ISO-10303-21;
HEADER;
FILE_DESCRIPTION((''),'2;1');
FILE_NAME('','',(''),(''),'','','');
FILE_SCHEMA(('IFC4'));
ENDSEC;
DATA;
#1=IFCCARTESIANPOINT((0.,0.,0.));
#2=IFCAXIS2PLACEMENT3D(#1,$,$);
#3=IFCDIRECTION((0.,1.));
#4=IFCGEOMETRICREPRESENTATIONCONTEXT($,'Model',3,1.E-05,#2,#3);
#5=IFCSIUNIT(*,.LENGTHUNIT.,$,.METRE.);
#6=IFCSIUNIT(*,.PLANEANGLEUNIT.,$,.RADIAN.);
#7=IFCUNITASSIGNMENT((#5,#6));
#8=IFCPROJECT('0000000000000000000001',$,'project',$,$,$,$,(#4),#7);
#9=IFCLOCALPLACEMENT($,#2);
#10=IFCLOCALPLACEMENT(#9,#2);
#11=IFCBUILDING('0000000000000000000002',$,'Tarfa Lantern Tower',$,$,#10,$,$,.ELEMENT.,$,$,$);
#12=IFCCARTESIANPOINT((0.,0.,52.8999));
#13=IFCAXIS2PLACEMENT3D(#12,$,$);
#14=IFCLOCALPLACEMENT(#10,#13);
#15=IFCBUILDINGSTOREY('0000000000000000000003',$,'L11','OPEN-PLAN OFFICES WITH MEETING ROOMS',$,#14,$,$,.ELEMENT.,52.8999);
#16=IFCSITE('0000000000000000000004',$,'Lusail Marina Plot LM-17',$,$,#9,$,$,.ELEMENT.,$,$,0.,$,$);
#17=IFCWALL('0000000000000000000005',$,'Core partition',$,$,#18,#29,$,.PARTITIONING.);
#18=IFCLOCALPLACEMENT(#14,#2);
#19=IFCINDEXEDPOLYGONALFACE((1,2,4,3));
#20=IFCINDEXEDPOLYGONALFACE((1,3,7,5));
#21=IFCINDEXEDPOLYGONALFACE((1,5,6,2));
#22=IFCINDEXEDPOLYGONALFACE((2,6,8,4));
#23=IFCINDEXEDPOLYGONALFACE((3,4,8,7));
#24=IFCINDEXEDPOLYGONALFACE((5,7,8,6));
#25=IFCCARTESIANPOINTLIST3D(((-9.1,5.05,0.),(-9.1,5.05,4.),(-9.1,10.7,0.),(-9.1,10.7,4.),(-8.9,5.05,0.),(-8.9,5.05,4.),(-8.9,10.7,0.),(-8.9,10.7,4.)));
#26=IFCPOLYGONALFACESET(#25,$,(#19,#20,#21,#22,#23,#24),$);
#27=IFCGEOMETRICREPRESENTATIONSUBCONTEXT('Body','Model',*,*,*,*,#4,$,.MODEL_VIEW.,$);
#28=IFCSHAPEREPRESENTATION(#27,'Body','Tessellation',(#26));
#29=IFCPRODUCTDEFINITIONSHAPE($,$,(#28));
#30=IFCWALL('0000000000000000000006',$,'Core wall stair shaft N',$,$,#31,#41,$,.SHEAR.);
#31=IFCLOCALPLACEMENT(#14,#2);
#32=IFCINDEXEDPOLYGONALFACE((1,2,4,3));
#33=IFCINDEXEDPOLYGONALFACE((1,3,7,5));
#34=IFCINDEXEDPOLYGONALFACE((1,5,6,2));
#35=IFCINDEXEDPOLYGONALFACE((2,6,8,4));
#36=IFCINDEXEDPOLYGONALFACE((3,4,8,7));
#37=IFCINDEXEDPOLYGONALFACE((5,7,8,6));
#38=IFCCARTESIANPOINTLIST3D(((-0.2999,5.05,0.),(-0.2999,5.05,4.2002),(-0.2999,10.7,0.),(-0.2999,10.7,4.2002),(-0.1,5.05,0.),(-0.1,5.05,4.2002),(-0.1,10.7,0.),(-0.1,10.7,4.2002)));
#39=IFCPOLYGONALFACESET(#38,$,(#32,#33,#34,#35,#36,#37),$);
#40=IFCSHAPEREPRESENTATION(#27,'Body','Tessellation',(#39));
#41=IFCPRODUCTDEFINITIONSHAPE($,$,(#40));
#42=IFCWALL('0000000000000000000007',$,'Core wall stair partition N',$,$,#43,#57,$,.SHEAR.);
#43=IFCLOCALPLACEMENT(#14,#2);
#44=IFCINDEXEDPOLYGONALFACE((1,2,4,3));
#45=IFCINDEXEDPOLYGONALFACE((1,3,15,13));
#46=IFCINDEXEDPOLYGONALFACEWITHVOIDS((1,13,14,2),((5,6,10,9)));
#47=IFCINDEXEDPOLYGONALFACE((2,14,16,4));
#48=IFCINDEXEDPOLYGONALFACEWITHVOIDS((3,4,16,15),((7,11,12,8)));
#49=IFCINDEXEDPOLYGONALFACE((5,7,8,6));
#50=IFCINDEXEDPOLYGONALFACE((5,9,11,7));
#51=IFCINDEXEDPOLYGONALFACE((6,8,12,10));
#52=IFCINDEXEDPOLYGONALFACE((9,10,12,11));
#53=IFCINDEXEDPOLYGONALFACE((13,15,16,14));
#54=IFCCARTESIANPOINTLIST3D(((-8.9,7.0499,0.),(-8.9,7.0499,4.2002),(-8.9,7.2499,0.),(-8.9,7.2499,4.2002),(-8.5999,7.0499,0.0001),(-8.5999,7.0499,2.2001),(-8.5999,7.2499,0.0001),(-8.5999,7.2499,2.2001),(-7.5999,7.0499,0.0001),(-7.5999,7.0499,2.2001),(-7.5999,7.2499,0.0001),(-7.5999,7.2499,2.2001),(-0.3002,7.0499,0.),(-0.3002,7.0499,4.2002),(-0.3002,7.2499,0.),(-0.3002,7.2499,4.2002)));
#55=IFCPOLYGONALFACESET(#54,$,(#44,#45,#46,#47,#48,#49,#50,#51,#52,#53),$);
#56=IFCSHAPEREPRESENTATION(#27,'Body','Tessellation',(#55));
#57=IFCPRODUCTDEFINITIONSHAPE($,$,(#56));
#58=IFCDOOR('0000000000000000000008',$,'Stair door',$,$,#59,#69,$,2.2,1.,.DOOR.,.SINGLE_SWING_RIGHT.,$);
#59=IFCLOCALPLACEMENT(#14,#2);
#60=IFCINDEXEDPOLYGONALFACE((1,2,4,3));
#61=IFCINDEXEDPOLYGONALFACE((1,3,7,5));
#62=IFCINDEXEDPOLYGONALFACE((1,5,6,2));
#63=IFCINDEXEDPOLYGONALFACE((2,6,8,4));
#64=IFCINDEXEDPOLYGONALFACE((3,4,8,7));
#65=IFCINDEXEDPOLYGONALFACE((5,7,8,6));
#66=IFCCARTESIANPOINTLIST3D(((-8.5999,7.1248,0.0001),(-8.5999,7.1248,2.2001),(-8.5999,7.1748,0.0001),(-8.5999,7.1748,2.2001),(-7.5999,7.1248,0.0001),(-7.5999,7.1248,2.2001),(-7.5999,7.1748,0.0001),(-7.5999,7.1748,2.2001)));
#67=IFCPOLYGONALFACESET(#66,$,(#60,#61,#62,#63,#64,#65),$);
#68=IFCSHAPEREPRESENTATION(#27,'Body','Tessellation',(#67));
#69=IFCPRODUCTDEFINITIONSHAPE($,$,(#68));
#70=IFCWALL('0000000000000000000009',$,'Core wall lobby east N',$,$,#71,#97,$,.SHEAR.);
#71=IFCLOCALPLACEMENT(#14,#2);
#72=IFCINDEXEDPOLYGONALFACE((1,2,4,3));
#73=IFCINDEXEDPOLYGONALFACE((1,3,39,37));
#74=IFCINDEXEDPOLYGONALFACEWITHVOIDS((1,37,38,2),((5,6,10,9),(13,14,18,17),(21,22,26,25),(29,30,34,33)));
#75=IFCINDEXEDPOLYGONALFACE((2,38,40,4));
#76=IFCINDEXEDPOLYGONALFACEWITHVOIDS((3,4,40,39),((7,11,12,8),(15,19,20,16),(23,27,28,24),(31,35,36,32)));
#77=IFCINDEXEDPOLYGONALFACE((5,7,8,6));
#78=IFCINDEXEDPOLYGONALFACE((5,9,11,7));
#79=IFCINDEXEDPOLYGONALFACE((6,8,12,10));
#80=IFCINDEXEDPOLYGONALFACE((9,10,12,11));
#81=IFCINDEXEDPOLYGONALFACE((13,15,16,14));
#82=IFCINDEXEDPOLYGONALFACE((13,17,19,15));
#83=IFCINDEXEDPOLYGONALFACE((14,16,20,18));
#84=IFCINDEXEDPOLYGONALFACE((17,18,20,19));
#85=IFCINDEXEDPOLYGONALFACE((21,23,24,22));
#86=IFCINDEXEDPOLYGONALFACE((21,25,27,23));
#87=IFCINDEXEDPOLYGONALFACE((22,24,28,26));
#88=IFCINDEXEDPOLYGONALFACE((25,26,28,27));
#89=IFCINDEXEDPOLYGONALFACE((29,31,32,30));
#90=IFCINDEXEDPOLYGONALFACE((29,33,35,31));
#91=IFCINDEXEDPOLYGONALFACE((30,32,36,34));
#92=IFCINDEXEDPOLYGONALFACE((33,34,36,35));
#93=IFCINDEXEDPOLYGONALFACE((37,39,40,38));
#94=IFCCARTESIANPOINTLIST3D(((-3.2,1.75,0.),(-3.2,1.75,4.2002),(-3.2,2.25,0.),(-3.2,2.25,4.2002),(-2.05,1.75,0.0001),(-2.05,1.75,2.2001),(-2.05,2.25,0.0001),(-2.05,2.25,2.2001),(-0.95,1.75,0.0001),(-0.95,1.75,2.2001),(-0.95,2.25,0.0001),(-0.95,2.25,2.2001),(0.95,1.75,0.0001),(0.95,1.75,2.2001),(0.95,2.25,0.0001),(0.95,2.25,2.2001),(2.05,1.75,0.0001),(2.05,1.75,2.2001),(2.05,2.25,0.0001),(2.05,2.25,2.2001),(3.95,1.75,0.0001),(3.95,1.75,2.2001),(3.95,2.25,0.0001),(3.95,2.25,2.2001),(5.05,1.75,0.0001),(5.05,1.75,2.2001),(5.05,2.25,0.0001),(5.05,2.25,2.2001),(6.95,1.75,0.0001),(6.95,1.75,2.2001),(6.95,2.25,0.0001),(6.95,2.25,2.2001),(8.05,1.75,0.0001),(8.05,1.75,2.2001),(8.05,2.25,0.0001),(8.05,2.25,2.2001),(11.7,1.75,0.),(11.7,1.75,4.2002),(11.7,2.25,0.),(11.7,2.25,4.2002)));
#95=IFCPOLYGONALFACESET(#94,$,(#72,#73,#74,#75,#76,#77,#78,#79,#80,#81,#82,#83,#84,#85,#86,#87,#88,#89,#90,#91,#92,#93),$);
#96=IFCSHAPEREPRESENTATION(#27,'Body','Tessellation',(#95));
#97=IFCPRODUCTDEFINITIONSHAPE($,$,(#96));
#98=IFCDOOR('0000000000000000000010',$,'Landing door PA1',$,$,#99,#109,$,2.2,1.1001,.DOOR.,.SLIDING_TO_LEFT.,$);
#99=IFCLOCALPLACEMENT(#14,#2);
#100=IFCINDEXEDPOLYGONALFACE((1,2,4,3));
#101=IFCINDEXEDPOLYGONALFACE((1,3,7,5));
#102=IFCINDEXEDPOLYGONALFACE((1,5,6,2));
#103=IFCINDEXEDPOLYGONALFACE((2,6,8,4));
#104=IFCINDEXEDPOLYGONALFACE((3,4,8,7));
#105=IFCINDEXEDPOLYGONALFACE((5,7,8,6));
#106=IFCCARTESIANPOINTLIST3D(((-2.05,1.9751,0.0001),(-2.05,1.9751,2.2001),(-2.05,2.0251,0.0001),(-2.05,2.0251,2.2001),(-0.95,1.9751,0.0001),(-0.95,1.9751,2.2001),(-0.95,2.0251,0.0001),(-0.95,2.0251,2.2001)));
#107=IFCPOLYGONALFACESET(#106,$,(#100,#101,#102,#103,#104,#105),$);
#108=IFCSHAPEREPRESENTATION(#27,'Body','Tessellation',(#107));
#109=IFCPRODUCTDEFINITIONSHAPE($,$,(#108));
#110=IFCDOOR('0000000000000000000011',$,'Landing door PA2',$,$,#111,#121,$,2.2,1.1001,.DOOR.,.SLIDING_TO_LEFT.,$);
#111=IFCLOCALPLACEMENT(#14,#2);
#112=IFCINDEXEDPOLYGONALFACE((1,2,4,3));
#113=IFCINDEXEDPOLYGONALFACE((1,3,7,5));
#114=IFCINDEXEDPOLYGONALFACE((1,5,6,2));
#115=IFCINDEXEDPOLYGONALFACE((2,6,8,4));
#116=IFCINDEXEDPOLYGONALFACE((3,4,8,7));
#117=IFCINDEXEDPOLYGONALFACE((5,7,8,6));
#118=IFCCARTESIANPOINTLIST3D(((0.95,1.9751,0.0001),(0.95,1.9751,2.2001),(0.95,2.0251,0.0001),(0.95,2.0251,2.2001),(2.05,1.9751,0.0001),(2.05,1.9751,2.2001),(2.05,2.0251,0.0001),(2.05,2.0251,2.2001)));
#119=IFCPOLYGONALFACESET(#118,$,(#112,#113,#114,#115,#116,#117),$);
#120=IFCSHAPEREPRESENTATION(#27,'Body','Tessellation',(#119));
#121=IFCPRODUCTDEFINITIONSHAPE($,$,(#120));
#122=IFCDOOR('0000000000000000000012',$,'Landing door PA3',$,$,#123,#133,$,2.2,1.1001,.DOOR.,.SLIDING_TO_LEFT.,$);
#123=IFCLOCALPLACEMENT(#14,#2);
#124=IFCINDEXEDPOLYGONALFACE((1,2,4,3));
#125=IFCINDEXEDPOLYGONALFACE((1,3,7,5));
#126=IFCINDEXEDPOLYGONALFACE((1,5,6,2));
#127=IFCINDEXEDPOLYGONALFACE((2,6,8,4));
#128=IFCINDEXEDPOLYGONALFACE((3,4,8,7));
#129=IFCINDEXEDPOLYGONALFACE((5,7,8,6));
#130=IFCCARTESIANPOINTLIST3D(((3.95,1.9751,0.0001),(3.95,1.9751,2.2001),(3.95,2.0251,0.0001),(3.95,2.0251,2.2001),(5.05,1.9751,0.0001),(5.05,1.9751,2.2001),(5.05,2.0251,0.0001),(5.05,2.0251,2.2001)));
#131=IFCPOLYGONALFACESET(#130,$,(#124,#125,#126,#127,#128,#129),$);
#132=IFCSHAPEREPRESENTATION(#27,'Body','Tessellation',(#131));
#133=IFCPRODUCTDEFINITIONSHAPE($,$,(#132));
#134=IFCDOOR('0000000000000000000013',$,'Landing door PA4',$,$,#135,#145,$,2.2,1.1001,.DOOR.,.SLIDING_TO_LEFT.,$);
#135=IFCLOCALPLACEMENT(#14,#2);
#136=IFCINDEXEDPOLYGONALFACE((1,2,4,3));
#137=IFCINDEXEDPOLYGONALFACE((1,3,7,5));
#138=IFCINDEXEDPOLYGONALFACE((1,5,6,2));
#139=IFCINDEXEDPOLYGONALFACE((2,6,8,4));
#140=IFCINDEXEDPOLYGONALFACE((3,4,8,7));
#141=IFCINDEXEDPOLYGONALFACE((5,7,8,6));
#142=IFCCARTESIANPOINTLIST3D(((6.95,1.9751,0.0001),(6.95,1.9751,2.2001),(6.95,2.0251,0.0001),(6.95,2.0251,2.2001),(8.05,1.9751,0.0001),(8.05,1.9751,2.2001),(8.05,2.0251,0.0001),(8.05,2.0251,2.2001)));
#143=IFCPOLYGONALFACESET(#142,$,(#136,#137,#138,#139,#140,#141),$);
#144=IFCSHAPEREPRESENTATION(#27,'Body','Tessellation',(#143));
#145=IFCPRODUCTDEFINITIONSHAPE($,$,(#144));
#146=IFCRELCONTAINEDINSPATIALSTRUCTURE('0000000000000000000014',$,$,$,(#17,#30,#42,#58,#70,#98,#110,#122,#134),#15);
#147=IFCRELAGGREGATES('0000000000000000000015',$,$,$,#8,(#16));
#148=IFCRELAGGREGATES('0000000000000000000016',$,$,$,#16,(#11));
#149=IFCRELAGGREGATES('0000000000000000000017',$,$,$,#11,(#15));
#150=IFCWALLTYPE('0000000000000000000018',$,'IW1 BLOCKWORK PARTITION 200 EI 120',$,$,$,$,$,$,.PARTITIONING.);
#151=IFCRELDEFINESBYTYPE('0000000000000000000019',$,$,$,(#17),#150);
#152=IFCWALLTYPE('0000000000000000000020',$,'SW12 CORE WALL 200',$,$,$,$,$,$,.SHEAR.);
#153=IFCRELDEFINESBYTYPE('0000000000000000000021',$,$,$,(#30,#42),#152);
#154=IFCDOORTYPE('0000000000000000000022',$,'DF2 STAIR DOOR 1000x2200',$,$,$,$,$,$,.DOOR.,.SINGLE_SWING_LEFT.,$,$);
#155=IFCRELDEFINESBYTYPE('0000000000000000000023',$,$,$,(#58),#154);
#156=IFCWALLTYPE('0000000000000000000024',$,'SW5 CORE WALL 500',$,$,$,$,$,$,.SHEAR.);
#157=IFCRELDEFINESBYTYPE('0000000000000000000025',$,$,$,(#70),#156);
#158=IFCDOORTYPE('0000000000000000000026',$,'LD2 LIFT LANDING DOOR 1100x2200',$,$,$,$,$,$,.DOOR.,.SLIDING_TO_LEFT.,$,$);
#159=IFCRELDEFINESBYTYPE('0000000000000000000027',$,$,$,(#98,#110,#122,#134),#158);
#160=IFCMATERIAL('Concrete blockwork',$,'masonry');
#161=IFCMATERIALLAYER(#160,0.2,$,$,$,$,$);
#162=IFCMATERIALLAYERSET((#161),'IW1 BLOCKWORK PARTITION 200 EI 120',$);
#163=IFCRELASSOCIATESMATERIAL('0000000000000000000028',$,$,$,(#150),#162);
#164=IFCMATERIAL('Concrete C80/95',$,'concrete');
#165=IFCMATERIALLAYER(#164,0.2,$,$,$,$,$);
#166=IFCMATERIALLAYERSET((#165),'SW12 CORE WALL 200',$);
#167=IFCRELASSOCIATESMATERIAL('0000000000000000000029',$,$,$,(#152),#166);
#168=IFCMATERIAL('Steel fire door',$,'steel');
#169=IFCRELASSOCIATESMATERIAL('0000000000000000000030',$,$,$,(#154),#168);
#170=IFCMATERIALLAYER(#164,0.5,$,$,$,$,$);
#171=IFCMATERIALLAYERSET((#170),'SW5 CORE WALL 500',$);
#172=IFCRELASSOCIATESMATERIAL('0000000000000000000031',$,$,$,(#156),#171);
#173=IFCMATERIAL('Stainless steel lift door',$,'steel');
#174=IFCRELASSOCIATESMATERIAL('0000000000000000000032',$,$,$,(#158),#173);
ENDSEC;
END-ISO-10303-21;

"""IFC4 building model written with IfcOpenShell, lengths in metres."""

from ifc_helpers import new_model, si_unit, direction, frame, frame_2d, origin, place, context, subcontext, project, spatial, rectangle, extrude, material, layer, layer_set, type_object, element, fill, save


model = new_model("IFC4")

# Units and contexts
model_context = context("Model", 3, precision=1e-05, world=origin(), true_north=direction((0.0, 1.0)))
body_context = subcontext(model_context, "Body", "Model", "MODEL_VIEW")
ifc_project = project(units=[si_unit("LENGTHUNIT", "METRE"), si_unit("PLANEANGLEUNIT", "RADIAN")], contexts=[model_context])

# Site, building, storey
site_placement = place(None, origin())
site = spatial("IfcSite", under=ifc_project, at=site_placement, Name="Lusail Marina Plot LM-17", CompositionType="ELEMENT", RefElevation=0.0)
building_placement = place(site_placement, origin())
building = spatial("IfcBuilding", under=site, at=building_placement, Name="Tarfa Lantern Tower", CompositionType="ELEMENT")
storey_placement = place(building_placement, frame((0.0, 0.0, 52.8999)))
storey = spatial("IfcBuildingStorey", under=building, at=storey_placement, Name="L11", Description="OPEN-PLAN OFFICES WITH MEETING ROOMS", CompositionType="ELEMENT", Elevation=52.8999)

# Walls
ifc_material_1 = material(Name="Concrete blockwork", Category="masonry")
ifc_layer_1 = layer(ifc_material_1, 0.2)
ifc_layer_set_1 = layer_set([ifc_layer_1], Name="IW1 BLOCKWORK PARTITION 200 EI 120")
wall_type_1 = type_object("IfcWallType", Name="IW1 BLOCKWORK PARTITION 200 EI 120", PredefinedType="PARTITIONING", material=ifc_layer_set_1)
wall_1_placement = place(storey_placement, frame((-9.0, 5.05, 0.0), z_axis=(0.0, 0.0, 1.0), x_axis=(0.0, 1.0, 0.0)))
element("IfcWall", 1, at=wall_1_placement, inside=storey, type_object=wall_type_1, Name="Core partition", PredefinedType="PARTITIONING", context=body_context, shape_type="SweptSolid", body=[
    extrude(rectangle(XDim=5.6499, YDim=0.2, at=frame_2d((2.825, 0.0))), origin(), (0.0, 0.0, 1.0), 4.0),
])
ifc_material_2 = material(Name="Concrete C80/95", Category="concrete")
ifc_layer_2 = layer(ifc_material_2, 0.2)
ifc_layer_set_2 = layer_set([ifc_layer_2], Name="SW12 CORE WALL 200")
wall_type_2 = type_object("IfcWallType", Name="SW12 CORE WALL 200", PredefinedType="SHEAR", material=ifc_layer_set_2)
wall_2_placement = place(storey_placement, frame((-0.2, 5.05, 0.0), z_axis=(0.0, 0.0, 1.0), x_axis=(0.0, 1.0, 0.0)))
element("IfcWall", 2, at=wall_2_placement, inside=storey, type_object=wall_type_2, Name="Core wall stair shaft N", PredefinedType="SHEAR", context=body_context, shape_type="SweptSolid", body=[
    extrude(rectangle(XDim=5.6499, YDim=0.2, at=frame_2d((2.825, 0.0))), origin(), (0.0, 0.0, 1.0), 4.2002),
])

# Wall, opening, door
wall_3_placement = place(storey_placement, frame((-8.8999, 7.1499, 0.0), z_axis=(0.0, 0.0, 1.0), x_axis=(1.0, 0.0, 0.0)))
wall_3 = element("IfcWall", 3, at=wall_3_placement, inside=storey, type_object=wall_type_2, Name="Core wall stair partition N", PredefinedType="SHEAR", context=body_context, shape_type="SweptSolid", body=[
    extrude(rectangle(XDim=8.5999, YDim=0.2, at=frame_2d((4.2998, 0.0))), origin(), (0.0, 0.0, 1.0), 4.2002),
])
opening_1_placement = place(wall_3_placement, frame((0.3, 0.0, 0.0)))
opening_1 = element("IfcOpeningElement", 4, at=opening_1_placement, cuts=wall_3, PredefinedType="OPENING", context=body_context, shape_type="SweptSolid", body=[
    extrude(rectangle(XDim=1.0, YDim=2.2, at=frame_2d((0.5, 1.1001))), frame((0.0, 0.1099, 0.0), z_axis=(0.0, -1.0, 0.0), x_axis=(1.0, 0.0, 0.0)), (0.0, 0.0, 1.0), 0.22),
])
ifc_material_3 = material(Name="Steel fire door", Category="steel")
door_type_1 = type_object("IfcDoorType", Name="DF2 STAIR DOOR 1000x2200", OperationType="SINGLE_SWING_LEFT", PredefinedType="DOOR", material=ifc_material_3)
door_1_placement = place(opening_1_placement, origin())
door_1 = element("IfcDoor", 5, at=door_1_placement, inside=storey, type_object=door_type_1, Name="Stair door", OperationType="SINGLE_SWING_RIGHT", OverallHeight=2.2, OverallWidth=1.0, PredefinedType="DOOR", context=body_context, shape_type="SweptSolid", body=[
    extrude(rectangle(XDim=1.0, YDim=2.2, at=frame_2d((0.5, 1.1001))), frame((0.0, 0.0249, 0.0), z_axis=(0.0, -1.0, 0.0), x_axis=(1.0, 0.0, 0.0)), (0.0, 0.0, 1.0), 0.05),
])
fill(opening_1, door_1)

# Wall, openings, doors
ifc_layer_3 = layer(ifc_material_2, 0.5)
ifc_layer_set_3 = layer_set([ifc_layer_3], Name="SW5 CORE WALL 500")
wall_type_3 = type_object("IfcWallType", Name="SW5 CORE WALL 500", PredefinedType="SHEAR", material=ifc_layer_set_3)
wall_4_placement = place(storey_placement, frame((-3.2, 2.0, 0.0), z_axis=(0.0, 0.0, 1.0), x_axis=(1.0, 0.0, 0.0)))
wall_4 = element("IfcWall", 6, at=wall_4_placement, inside=storey, type_object=wall_type_3, Name="Core wall lobby east N", PredefinedType="SHEAR", context=body_context, shape_type="SweptSolid", body=[
    extrude(rectangle(XDim=14.8999, YDim=0.5, at=frame_2d((7.45, 0.0))), origin(), (0.0, 0.0, 1.0), 4.2002),
])
opening_2_placement = place(wall_4_placement, frame((1.1499, 0.0, 0.0)))
opening_2 = element("IfcOpeningElement", 7, at=opening_2_placement, cuts=wall_4, PredefinedType="OPENING", context=body_context, shape_type="SweptSolid", body=[
    extrude(rectangle(XDim=1.1001, YDim=2.2, at=frame_2d((0.55, 1.1001))), frame((0.0, 0.26, 0.0), z_axis=(0.0, -1.0, 0.0), x_axis=(1.0, 0.0, 0.0)), (0.0, 0.0, 1.0), 0.52),
])
opening_3_placement = place(wall_4_placement, frame((4.1499, 0.0, 0.0)))
opening_3 = element("IfcOpeningElement", 8, at=opening_3_placement, cuts=wall_4, PredefinedType="OPENING", context=body_context, shape_type="SweptSolid", body=[
    extrude(rectangle(XDim=1.1001, YDim=2.2, at=frame_2d((0.55, 1.1001))), frame((0.0, 0.26, 0.0), z_axis=(0.0, -1.0, 0.0), x_axis=(1.0, 0.0, 0.0)), (0.0, 0.0, 1.0), 0.52),
])
opening_4_placement = place(wall_4_placement, frame((7.1499, 0.0, 0.0)))
opening_4 = element("IfcOpeningElement", 9, at=opening_4_placement, cuts=wall_4, PredefinedType="OPENING", context=body_context, shape_type="SweptSolid", body=[
    extrude(rectangle(XDim=1.1001, YDim=2.2, at=frame_2d((0.55, 1.1001))), frame((0.0, 0.26, 0.0), z_axis=(0.0, -1.0, 0.0), x_axis=(1.0, 0.0, 0.0)), (0.0, 0.0, 1.0), 0.52),
])
opening_5_placement = place(wall_4_placement, frame((10.1499, 0.0, 0.0)))
opening_5 = element("IfcOpeningElement", 10, at=opening_5_placement, cuts=wall_4, PredefinedType="OPENING", context=body_context, shape_type="SweptSolid", body=[
    extrude(rectangle(XDim=1.1001, YDim=2.2, at=frame_2d((0.55, 1.1001))), frame((0.0, 0.26, 0.0), z_axis=(0.0, -1.0, 0.0), x_axis=(1.0, 0.0, 0.0)), (0.0, 0.0, 1.0), 0.52),
])
ifc_material_4 = material(Name="Stainless steel lift door", Category="steel")
door_type_2 = type_object("IfcDoorType", Name="LD2 LIFT LANDING DOOR 1100x2200", OperationType="SLIDING_TO_LEFT", PredefinedType="DOOR", material=ifc_material_4)
door_2_placement = place(opening_2_placement, frame((1.1001, 0.0, 0.0), z_axis=(0.0, 0.0, 1.0), x_axis=(-1.0, 0.0, 0.0)))
door_2 = element("IfcDoor", 11, at=door_2_placement, inside=storey, type_object=door_type_2, Name="Landing door PA1", OperationType="SLIDING_TO_LEFT", OverallHeight=2.2, OverallWidth=1.1001, PredefinedType="DOOR", context=body_context, shape_type="SweptSolid", body=[
    extrude(rectangle(XDim=1.1001, YDim=2.2, at=frame_2d((0.55, 1.1001))), frame((0.0, 0.0249, 0.0), z_axis=(0.0, -1.0, 0.0), x_axis=(1.0, 0.0, 0.0)), (0.0, 0.0, 1.0), 0.05),
])
fill(opening_2, door_2)
door_3_placement = place(opening_3_placement, frame((1.1001, 0.0, 0.0), z_axis=(0.0, 0.0, 1.0), x_axis=(-1.0, 0.0, 0.0)))
door_3 = element("IfcDoor", 12, at=door_3_placement, inside=storey, type_object=door_type_2, Name="Landing door PA2", OperationType="SLIDING_TO_LEFT", OverallHeight=2.2, OverallWidth=1.1001, PredefinedType="DOOR", context=body_context, shape_type="SweptSolid", body=[
    extrude(rectangle(XDim=1.1001, YDim=2.2, at=frame_2d((0.55, 1.1001))), frame((0.0, 0.0249, 0.0), z_axis=(0.0, -1.0, 0.0), x_axis=(1.0, 0.0, 0.0)), (0.0, 0.0, 1.0), 0.05),
])
fill(opening_3, door_3)
door_4_placement = place(opening_4_placement, frame((1.1001, 0.0, 0.0), z_axis=(0.0, 0.0, 1.0), x_axis=(-1.0, 0.0, 0.0)))
door_4 = element("IfcDoor", 13, at=door_4_placement, inside=storey, type_object=door_type_2, Name="Landing door PA3", OperationType="SLIDING_TO_LEFT", OverallHeight=2.2, OverallWidth=1.1001, PredefinedType="DOOR", context=body_context, shape_type="SweptSolid", body=[
    extrude(rectangle(XDim=1.1001, YDim=2.2, at=frame_2d((0.55, 1.1001))), frame((0.0, 0.0249, 0.0), z_axis=(0.0, -1.0, 0.0), x_axis=(1.0, 0.0, 0.0)), (0.0, 0.0, 1.0), 0.05),
])
fill(opening_4, door_4)
door_5_placement = place(opening_5_placement, frame((1.1001, 0.0, 0.0), z_axis=(0.0, 0.0, 1.0), x_axis=(-1.0, 0.0, 0.0)))
door_5 = element("IfcDoor", 14, at=door_5_placement, inside=storey, type_object=door_type_2, Name="Landing door PA4", OperationType="SLIDING_TO_LEFT", OverallHeight=2.2, OverallWidth=1.1001, PredefinedType="DOOR", context=body_context, shape_type="SweptSolid", body=[
    extrude(rectangle(XDim=1.1001, YDim=2.2, at=frame_2d((0.55, 1.1001))), frame((0.0, 0.0249, 0.0), z_axis=(0.0, -1.0, 0.0), x_axis=(1.0, 0.0, 0.0)), (0.0, 0.0, 1.0), 0.05),
])
fill(opening_5, door_5)

save(model, "model.ifc")
